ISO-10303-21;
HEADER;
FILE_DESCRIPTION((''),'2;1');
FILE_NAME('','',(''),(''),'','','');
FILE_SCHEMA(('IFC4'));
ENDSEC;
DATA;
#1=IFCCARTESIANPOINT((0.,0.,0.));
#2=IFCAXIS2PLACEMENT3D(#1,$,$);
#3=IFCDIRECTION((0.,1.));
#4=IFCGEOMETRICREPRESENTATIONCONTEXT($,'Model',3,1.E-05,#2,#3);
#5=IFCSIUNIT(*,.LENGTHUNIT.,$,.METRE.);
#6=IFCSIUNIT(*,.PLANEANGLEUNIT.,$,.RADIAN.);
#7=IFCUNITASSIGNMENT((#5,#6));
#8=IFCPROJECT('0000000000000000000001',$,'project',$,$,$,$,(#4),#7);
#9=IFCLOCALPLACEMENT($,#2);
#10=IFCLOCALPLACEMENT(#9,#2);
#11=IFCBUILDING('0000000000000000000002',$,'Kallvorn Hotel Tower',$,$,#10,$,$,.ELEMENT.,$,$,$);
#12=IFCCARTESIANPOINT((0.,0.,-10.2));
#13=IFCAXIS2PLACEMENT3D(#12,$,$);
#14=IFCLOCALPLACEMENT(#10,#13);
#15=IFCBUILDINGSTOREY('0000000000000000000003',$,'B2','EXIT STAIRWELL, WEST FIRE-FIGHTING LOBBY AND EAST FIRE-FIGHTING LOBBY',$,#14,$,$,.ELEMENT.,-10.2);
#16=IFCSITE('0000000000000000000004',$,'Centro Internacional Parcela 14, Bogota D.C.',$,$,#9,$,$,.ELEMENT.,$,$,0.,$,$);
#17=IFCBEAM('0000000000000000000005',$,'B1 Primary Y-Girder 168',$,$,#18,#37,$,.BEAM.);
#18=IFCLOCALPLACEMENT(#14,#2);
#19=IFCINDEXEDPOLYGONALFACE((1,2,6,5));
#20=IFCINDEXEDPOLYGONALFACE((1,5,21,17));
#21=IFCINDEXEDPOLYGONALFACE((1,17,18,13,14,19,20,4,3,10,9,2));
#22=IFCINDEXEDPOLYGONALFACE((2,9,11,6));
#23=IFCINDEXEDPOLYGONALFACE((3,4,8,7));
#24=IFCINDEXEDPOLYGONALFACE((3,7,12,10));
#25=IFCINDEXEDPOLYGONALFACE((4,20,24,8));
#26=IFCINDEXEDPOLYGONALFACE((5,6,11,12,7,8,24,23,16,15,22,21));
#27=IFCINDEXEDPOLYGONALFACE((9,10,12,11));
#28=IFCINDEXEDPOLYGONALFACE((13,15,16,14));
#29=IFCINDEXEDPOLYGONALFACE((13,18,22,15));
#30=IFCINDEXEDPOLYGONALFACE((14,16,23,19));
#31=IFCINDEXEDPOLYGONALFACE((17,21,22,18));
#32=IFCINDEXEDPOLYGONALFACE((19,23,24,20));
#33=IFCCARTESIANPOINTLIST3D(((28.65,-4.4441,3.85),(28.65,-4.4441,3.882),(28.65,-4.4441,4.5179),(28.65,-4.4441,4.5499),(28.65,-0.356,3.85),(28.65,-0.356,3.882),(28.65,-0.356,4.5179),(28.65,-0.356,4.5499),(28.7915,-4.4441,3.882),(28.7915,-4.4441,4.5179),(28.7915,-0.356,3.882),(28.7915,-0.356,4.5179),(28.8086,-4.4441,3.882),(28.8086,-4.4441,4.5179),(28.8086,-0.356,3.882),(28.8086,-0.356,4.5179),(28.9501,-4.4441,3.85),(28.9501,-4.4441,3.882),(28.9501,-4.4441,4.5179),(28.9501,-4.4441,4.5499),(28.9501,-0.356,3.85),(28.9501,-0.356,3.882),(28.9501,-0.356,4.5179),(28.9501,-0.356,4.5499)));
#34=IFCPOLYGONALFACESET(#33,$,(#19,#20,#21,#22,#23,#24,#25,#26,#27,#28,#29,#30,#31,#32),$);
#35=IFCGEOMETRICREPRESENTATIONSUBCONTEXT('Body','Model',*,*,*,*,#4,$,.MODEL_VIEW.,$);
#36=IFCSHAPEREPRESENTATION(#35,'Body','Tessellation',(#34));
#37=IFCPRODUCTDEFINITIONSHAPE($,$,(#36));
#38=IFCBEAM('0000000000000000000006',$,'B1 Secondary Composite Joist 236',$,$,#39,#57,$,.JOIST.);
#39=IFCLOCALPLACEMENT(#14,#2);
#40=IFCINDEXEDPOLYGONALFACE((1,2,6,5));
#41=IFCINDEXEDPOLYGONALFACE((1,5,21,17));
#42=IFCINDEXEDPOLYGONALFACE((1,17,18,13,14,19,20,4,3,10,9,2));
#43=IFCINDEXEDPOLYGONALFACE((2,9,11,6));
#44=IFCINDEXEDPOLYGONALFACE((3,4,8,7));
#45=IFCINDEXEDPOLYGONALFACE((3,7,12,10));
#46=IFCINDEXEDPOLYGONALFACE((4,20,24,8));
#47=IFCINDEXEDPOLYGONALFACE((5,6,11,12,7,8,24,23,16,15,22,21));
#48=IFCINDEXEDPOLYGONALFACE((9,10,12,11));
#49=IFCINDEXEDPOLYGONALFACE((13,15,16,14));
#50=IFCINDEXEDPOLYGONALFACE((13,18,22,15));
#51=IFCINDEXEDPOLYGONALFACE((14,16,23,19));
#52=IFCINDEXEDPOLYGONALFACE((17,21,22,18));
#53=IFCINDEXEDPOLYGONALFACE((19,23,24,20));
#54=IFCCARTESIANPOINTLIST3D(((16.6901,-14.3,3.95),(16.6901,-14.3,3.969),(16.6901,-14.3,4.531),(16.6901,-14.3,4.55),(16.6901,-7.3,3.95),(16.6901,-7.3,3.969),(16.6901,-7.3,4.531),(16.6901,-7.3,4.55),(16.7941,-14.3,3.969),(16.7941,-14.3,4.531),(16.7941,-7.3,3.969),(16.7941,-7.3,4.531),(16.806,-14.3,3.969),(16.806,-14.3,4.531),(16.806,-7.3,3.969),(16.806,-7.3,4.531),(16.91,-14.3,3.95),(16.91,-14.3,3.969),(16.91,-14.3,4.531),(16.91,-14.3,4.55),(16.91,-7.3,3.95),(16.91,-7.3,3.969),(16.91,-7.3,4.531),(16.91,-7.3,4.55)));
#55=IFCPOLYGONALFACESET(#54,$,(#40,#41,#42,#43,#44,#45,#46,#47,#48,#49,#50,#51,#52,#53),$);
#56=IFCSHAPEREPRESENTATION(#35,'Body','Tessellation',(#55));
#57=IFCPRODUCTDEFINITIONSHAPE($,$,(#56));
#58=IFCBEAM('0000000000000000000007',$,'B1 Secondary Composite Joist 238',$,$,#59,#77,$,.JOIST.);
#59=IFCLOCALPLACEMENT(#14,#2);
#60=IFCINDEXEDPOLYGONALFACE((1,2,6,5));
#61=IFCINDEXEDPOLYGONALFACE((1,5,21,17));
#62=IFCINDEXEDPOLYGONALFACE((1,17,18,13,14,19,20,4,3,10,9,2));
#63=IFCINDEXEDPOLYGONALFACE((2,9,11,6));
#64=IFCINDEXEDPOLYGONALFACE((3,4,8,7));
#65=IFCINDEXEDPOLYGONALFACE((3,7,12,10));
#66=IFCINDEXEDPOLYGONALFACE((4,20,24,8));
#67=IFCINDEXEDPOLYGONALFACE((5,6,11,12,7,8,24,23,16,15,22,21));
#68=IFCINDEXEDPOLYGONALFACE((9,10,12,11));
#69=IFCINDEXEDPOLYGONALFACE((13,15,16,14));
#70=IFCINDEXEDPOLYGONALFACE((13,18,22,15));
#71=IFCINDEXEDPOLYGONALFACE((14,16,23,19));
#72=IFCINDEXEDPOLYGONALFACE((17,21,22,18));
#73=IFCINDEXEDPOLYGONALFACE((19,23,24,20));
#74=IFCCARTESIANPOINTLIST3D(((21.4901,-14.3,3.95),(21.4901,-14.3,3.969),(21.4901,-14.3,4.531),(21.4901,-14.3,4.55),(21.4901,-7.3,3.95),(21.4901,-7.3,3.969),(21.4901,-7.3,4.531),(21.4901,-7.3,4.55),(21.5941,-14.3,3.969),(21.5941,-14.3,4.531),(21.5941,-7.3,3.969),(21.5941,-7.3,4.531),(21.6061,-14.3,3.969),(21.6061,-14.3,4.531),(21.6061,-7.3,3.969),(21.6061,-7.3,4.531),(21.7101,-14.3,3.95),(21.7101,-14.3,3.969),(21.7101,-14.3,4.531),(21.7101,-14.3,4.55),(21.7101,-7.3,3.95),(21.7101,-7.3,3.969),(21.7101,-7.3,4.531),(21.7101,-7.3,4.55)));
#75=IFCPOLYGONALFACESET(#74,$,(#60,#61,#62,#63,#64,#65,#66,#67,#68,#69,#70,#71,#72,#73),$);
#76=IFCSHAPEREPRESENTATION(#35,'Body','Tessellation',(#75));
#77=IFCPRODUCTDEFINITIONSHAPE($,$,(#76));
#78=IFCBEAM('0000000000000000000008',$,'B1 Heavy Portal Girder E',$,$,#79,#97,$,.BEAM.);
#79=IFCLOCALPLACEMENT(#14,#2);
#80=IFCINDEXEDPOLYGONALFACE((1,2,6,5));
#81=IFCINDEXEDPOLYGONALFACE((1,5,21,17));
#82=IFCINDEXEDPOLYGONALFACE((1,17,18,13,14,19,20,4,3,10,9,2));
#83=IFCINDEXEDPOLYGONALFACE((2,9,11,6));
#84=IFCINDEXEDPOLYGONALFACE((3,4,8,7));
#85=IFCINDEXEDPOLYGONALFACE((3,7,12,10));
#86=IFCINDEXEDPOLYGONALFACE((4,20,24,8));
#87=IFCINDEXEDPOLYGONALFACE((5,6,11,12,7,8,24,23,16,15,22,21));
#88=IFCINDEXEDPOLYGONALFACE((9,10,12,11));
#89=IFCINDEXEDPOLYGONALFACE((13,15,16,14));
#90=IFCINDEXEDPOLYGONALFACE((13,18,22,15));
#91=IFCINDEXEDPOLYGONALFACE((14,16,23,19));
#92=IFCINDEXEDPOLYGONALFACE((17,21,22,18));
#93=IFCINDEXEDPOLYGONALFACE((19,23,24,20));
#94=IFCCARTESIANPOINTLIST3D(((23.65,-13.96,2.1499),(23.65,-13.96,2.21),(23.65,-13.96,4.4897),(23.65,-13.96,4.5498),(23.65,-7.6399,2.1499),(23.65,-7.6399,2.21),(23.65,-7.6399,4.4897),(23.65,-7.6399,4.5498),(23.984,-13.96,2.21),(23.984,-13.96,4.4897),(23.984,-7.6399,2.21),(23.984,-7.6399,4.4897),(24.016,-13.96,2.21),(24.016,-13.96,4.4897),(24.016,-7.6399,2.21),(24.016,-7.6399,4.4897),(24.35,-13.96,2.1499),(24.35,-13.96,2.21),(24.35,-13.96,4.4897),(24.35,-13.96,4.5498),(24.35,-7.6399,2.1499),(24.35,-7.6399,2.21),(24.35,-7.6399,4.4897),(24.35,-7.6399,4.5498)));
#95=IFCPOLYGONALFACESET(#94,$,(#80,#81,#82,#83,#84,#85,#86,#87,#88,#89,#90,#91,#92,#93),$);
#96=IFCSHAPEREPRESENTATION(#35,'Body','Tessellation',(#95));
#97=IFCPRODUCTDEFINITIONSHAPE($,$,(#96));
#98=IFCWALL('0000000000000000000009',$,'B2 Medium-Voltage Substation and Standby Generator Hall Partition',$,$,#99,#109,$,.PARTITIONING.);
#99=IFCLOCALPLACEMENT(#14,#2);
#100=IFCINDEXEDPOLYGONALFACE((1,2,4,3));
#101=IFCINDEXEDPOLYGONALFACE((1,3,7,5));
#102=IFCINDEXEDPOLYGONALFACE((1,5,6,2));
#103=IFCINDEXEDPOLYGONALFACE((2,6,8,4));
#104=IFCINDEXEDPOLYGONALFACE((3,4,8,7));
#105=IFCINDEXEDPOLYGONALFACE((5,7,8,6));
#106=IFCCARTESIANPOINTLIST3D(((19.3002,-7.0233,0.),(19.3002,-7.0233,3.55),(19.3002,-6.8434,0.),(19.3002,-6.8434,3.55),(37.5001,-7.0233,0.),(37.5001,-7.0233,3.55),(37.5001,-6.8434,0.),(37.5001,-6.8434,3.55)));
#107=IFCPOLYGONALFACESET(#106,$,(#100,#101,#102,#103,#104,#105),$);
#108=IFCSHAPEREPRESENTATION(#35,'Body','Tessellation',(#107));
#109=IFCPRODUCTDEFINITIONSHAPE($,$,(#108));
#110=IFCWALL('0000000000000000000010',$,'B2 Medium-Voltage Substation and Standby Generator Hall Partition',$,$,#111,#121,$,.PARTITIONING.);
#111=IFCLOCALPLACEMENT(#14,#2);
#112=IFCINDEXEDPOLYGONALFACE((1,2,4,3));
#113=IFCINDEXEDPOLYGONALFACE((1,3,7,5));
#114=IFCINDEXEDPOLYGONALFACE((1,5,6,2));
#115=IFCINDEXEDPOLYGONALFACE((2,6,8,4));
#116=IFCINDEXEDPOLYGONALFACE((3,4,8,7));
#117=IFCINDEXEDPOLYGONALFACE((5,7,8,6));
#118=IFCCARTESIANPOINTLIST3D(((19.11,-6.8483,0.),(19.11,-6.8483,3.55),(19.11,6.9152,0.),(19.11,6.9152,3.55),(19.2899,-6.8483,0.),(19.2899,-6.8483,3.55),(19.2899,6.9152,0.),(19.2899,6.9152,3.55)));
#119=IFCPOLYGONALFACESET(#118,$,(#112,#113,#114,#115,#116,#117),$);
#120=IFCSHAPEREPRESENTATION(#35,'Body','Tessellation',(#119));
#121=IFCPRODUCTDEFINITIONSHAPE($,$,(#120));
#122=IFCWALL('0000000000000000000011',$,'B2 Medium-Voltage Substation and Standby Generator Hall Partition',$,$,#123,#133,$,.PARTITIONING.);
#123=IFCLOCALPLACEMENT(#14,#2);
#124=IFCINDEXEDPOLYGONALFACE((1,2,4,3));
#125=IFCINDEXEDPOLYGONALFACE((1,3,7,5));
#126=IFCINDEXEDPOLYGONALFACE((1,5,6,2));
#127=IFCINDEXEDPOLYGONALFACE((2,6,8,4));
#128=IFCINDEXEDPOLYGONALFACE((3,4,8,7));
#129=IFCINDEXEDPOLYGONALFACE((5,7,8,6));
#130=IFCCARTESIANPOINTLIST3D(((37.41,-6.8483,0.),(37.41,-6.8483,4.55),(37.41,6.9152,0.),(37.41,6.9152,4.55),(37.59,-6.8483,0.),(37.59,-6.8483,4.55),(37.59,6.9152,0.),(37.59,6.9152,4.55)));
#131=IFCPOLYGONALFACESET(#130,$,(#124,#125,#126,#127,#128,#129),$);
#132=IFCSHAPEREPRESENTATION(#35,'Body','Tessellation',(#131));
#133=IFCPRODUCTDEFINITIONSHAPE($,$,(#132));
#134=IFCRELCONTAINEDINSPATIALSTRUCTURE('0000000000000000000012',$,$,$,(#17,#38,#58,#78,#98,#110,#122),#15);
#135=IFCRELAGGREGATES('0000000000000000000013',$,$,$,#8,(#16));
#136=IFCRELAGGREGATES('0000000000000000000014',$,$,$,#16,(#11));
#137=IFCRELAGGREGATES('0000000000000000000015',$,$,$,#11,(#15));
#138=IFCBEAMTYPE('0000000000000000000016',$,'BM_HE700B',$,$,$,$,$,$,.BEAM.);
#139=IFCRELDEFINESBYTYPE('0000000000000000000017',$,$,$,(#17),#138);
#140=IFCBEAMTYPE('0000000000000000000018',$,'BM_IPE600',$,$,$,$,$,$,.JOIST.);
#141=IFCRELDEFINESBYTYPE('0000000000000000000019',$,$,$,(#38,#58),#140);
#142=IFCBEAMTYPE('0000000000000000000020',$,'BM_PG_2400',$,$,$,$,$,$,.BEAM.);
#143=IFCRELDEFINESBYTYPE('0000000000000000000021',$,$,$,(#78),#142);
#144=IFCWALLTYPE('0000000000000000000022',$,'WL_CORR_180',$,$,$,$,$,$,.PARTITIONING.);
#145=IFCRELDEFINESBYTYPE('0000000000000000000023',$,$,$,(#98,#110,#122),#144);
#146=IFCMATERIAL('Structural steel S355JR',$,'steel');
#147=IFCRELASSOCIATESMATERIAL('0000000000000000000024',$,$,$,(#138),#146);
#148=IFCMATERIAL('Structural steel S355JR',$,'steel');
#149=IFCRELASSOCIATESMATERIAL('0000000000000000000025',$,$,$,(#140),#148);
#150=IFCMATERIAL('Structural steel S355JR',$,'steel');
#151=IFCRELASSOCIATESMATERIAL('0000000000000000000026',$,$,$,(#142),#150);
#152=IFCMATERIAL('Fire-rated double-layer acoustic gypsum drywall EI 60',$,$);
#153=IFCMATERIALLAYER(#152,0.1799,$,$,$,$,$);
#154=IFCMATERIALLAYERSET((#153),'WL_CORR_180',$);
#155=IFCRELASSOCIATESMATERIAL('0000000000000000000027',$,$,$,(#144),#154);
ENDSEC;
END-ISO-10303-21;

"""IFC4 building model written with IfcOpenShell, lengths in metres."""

from ifc_helpers import new_model, si_unit, direction, frame, frame_2d, origin, origin_2d, place, context, subcontext, project, spatial, rectangle, i_section, extrude, material, layer, layer_set, material_profile, profile_set, type_object, element, save


model = new_model("IFC4")

# Units and contexts
model_context = context("Model", 3, precision=1e-05, world=origin(), true_north=direction((0.0, 1.0)))
body_context = subcontext(model_context, "Body", "Model", "MODEL_VIEW")
ifc_project = project(units=[si_unit("LENGTHUNIT", "METRE"), si_unit("PLANEANGLEUNIT", "RADIAN")], contexts=[model_context])

# Site, building, storey
site_placement = place(None, origin())
site = spatial("IfcSite", under=ifc_project, at=site_placement, Name="Centro Internacional Parcela 14, Bogota D.C.", CompositionType="ELEMENT", RefElevation=0.0)
building_placement = place(site_placement, origin())
building = spatial("IfcBuilding", under=site, at=building_placement, Name="Kallvorn Hotel Tower", CompositionType="ELEMENT")
storey_placement = place(building_placement, frame((0.0, 0.0, -10.2)))
storey = spatial("IfcBuildingStorey", under=building, at=storey_placement, Name="B2", Description="EXIT STAIRWELL, WEST FIRE-FIGHTING LOBBY AND EAST FIRE-FIGHTING LOBBY", CompositionType="ELEMENT", Elevation=-10.2)

# Beams
ifc_material_1 = material(Name="Structural steel S355JR", Category="steel")
ifc_material_profile_1 = material_profile(ifc_material_1, i_section(OverallWidth=0.3, OverallDepth=0.7, WebThickness=0.0171, FlangeThickness=0.032, at=origin_2d()), Name="HE 700 B")
ifc_profile_set_1 = profile_set([ifc_material_profile_1], Name="Structural steel S355JR")
beam_type_1 = type_object("IfcBeamType", Name="BM_HE700B", PredefinedType="BEAM", material=ifc_profile_set_1)
beam_1_placement = place(storey_placement, frame((28.8, -4.4441, 4.2), z_axis=(0.0, 1.0, 0.0), x_axis=(-1.0, 0.0, 0.0)))
element("IfcBeam", 1, at=beam_1_placement, inside=storey, type_object=beam_type_1, Name="B1 Primary Y-Girder 168", PredefinedType="BEAM", context=body_context, shape_type="SweptSolid", body=[
    extrude(i_section(OverallWidth=0.3, OverallDepth=0.7, WebThickness=0.0171, FlangeThickness=0.032, at=origin_2d()), origin(), (0.0, 0.0, 1.0), 4.0881),
])
ifc_material_2 = material(Name="Structural steel S355JR", Category="steel")
ifc_material_profile_2 = material_profile(ifc_material_2, i_section(OverallWidth=0.22, OverallDepth=0.6001, WebThickness=0.012, FlangeThickness=0.019, at=origin_2d()), Name="IPE 600")
ifc_profile_set_2 = profile_set([ifc_material_profile_2], Name="Structural steel S355JR")
beam_type_2 = type_object("IfcBeamType", Name="BM_IPE600", PredefinedType="JOIST", material=ifc_profile_set_2)
for number, where, z_axis, x_axis, name in (
    (2, (16.8, -14.3, 4.25), (0.0, 1.0, 0.0), (-1.0, 0.0, 0.0), "B1 Secondary Composite Joist 236"),
    (3, (21.6001, -14.3, 4.25), (0.0, 1.0, 0.0), (-1.0, 0.0, 0.0), "B1 Secondary Composite Joist 238"),
):
    element("IfcBeam", number, at=place(storey_placement, frame(where, z_axis=z_axis, x_axis=x_axis)), inside=storey, type_object=beam_type_2, Name=name, PredefinedType="JOIST", context=body_context, shape_type="SweptSolid", body=[
        extrude(i_section(OverallWidth=0.22, OverallDepth=0.6001, WebThickness=0.012, FlangeThickness=0.019, at=origin_2d()), origin(), (0.0, 0.0, 1.0), 7.0),
    ])
ifc_material_3 = material(Name="Structural steel S355JR", Category="steel")
ifc_material_profile_3 = material_profile(ifc_material_3, i_section(OverallWidth=0.7, OverallDepth=2.3999, WebThickness=0.032, FlangeThickness=0.0601, at=origin_2d()), Name="PG 2400x700x32x60")
ifc_profile_set_3 = profile_set([ifc_material_profile_3], Name="Structural steel S355JR")
beam_type_3 = type_object("IfcBeamType", Name="BM_PG_2400", PredefinedType="BEAM", material=ifc_profile_set_3)
beam_2_placement = place(storey_placement, frame((24.0, -13.96, 3.3499), z_axis=(0.0, 1.0, 0.0), x_axis=(-1.0, 0.0, 0.0)))
element("IfcBeam", 4, at=beam_2_placement, inside=storey, type_object=beam_type_3, Name="B1 Heavy Portal Girder E", PredefinedType="BEAM", context=body_context, shape_type="SweptSolid", body=[
    extrude(i_section(OverallWidth=0.7, OverallDepth=2.3999, WebThickness=0.032, FlangeThickness=0.0601, at=origin_2d()), origin(), (0.0, 0.0, 1.0), 6.3201),
])

# Walls
ifc_material_4 = material(Name="Fire-rated double-layer acoustic gypsum drywall EI 60")
ifc_layer = layer(ifc_material_4, 0.1799)
ifc_layer_set = layer_set([ifc_layer], Name="WL_CORR_180")
wall_type = type_object("IfcWallType", Name="WL_CORR_180", PredefinedType="PARTITIONING", material=ifc_layer_set)
wall_1_placement = place(storey_placement, frame((19.3, -6.9333, 0.0), z_axis=(0.0, 0.0, 1.0), x_axis=(1.0, 0.0, 0.0)))
element("IfcWall", 5, at=wall_1_placement, inside=storey, type_object=wall_type, Name="B2 Medium-Voltage Substation and Standby Generator Hall Partition", PredefinedType="PARTITIONING", context=body_context, shape_type="SweptSolid", body=[
    extrude(rectangle(XDim=18.2, YDim=0.1799, at=frame_2d((9.1001, 0.0))), origin(), (0.0, 0.0, 1.0), 3.55),
])
wall_2_placement = place(storey_placement, frame((19.2, -6.8484, 0.0), z_axis=(0.0, 0.0, 1.0), x_axis=(0.0, 1.0, 0.0)))
element("IfcWall", 6, at=wall_2_placement, inside=storey, type_object=wall_type, Name="B2 Medium-Voltage Substation and Standby Generator Hall Partition", PredefinedType="PARTITIONING", context=body_context, shape_type="SweptSolid", body=[
    extrude(rectangle(XDim=13.7634, YDim=0.1799, at=frame_2d((6.8818, 0.0))), origin(), (0.0, 0.0, 1.0), 3.55),
])
wall_3_placement = place(storey_placement, frame((37.5, -6.8484, 0.0), z_axis=(0.0, 0.0, 1.0), x_axis=(0.0, 1.0, 0.0)))
element("IfcWall", 7, at=wall_3_placement, inside=storey, type_object=wall_type, Name="B2 Medium-Voltage Substation and Standby Generator Hall Partition", PredefinedType="PARTITIONING", context=body_context, shape_type="SweptSolid", body=[
    extrude(rectangle(XDim=13.7634, YDim=0.1799, at=frame_2d((6.8818, 0.0))), origin(), (0.0, 0.0, 1.0), 4.55),
])

save(model, "model.ifc")
